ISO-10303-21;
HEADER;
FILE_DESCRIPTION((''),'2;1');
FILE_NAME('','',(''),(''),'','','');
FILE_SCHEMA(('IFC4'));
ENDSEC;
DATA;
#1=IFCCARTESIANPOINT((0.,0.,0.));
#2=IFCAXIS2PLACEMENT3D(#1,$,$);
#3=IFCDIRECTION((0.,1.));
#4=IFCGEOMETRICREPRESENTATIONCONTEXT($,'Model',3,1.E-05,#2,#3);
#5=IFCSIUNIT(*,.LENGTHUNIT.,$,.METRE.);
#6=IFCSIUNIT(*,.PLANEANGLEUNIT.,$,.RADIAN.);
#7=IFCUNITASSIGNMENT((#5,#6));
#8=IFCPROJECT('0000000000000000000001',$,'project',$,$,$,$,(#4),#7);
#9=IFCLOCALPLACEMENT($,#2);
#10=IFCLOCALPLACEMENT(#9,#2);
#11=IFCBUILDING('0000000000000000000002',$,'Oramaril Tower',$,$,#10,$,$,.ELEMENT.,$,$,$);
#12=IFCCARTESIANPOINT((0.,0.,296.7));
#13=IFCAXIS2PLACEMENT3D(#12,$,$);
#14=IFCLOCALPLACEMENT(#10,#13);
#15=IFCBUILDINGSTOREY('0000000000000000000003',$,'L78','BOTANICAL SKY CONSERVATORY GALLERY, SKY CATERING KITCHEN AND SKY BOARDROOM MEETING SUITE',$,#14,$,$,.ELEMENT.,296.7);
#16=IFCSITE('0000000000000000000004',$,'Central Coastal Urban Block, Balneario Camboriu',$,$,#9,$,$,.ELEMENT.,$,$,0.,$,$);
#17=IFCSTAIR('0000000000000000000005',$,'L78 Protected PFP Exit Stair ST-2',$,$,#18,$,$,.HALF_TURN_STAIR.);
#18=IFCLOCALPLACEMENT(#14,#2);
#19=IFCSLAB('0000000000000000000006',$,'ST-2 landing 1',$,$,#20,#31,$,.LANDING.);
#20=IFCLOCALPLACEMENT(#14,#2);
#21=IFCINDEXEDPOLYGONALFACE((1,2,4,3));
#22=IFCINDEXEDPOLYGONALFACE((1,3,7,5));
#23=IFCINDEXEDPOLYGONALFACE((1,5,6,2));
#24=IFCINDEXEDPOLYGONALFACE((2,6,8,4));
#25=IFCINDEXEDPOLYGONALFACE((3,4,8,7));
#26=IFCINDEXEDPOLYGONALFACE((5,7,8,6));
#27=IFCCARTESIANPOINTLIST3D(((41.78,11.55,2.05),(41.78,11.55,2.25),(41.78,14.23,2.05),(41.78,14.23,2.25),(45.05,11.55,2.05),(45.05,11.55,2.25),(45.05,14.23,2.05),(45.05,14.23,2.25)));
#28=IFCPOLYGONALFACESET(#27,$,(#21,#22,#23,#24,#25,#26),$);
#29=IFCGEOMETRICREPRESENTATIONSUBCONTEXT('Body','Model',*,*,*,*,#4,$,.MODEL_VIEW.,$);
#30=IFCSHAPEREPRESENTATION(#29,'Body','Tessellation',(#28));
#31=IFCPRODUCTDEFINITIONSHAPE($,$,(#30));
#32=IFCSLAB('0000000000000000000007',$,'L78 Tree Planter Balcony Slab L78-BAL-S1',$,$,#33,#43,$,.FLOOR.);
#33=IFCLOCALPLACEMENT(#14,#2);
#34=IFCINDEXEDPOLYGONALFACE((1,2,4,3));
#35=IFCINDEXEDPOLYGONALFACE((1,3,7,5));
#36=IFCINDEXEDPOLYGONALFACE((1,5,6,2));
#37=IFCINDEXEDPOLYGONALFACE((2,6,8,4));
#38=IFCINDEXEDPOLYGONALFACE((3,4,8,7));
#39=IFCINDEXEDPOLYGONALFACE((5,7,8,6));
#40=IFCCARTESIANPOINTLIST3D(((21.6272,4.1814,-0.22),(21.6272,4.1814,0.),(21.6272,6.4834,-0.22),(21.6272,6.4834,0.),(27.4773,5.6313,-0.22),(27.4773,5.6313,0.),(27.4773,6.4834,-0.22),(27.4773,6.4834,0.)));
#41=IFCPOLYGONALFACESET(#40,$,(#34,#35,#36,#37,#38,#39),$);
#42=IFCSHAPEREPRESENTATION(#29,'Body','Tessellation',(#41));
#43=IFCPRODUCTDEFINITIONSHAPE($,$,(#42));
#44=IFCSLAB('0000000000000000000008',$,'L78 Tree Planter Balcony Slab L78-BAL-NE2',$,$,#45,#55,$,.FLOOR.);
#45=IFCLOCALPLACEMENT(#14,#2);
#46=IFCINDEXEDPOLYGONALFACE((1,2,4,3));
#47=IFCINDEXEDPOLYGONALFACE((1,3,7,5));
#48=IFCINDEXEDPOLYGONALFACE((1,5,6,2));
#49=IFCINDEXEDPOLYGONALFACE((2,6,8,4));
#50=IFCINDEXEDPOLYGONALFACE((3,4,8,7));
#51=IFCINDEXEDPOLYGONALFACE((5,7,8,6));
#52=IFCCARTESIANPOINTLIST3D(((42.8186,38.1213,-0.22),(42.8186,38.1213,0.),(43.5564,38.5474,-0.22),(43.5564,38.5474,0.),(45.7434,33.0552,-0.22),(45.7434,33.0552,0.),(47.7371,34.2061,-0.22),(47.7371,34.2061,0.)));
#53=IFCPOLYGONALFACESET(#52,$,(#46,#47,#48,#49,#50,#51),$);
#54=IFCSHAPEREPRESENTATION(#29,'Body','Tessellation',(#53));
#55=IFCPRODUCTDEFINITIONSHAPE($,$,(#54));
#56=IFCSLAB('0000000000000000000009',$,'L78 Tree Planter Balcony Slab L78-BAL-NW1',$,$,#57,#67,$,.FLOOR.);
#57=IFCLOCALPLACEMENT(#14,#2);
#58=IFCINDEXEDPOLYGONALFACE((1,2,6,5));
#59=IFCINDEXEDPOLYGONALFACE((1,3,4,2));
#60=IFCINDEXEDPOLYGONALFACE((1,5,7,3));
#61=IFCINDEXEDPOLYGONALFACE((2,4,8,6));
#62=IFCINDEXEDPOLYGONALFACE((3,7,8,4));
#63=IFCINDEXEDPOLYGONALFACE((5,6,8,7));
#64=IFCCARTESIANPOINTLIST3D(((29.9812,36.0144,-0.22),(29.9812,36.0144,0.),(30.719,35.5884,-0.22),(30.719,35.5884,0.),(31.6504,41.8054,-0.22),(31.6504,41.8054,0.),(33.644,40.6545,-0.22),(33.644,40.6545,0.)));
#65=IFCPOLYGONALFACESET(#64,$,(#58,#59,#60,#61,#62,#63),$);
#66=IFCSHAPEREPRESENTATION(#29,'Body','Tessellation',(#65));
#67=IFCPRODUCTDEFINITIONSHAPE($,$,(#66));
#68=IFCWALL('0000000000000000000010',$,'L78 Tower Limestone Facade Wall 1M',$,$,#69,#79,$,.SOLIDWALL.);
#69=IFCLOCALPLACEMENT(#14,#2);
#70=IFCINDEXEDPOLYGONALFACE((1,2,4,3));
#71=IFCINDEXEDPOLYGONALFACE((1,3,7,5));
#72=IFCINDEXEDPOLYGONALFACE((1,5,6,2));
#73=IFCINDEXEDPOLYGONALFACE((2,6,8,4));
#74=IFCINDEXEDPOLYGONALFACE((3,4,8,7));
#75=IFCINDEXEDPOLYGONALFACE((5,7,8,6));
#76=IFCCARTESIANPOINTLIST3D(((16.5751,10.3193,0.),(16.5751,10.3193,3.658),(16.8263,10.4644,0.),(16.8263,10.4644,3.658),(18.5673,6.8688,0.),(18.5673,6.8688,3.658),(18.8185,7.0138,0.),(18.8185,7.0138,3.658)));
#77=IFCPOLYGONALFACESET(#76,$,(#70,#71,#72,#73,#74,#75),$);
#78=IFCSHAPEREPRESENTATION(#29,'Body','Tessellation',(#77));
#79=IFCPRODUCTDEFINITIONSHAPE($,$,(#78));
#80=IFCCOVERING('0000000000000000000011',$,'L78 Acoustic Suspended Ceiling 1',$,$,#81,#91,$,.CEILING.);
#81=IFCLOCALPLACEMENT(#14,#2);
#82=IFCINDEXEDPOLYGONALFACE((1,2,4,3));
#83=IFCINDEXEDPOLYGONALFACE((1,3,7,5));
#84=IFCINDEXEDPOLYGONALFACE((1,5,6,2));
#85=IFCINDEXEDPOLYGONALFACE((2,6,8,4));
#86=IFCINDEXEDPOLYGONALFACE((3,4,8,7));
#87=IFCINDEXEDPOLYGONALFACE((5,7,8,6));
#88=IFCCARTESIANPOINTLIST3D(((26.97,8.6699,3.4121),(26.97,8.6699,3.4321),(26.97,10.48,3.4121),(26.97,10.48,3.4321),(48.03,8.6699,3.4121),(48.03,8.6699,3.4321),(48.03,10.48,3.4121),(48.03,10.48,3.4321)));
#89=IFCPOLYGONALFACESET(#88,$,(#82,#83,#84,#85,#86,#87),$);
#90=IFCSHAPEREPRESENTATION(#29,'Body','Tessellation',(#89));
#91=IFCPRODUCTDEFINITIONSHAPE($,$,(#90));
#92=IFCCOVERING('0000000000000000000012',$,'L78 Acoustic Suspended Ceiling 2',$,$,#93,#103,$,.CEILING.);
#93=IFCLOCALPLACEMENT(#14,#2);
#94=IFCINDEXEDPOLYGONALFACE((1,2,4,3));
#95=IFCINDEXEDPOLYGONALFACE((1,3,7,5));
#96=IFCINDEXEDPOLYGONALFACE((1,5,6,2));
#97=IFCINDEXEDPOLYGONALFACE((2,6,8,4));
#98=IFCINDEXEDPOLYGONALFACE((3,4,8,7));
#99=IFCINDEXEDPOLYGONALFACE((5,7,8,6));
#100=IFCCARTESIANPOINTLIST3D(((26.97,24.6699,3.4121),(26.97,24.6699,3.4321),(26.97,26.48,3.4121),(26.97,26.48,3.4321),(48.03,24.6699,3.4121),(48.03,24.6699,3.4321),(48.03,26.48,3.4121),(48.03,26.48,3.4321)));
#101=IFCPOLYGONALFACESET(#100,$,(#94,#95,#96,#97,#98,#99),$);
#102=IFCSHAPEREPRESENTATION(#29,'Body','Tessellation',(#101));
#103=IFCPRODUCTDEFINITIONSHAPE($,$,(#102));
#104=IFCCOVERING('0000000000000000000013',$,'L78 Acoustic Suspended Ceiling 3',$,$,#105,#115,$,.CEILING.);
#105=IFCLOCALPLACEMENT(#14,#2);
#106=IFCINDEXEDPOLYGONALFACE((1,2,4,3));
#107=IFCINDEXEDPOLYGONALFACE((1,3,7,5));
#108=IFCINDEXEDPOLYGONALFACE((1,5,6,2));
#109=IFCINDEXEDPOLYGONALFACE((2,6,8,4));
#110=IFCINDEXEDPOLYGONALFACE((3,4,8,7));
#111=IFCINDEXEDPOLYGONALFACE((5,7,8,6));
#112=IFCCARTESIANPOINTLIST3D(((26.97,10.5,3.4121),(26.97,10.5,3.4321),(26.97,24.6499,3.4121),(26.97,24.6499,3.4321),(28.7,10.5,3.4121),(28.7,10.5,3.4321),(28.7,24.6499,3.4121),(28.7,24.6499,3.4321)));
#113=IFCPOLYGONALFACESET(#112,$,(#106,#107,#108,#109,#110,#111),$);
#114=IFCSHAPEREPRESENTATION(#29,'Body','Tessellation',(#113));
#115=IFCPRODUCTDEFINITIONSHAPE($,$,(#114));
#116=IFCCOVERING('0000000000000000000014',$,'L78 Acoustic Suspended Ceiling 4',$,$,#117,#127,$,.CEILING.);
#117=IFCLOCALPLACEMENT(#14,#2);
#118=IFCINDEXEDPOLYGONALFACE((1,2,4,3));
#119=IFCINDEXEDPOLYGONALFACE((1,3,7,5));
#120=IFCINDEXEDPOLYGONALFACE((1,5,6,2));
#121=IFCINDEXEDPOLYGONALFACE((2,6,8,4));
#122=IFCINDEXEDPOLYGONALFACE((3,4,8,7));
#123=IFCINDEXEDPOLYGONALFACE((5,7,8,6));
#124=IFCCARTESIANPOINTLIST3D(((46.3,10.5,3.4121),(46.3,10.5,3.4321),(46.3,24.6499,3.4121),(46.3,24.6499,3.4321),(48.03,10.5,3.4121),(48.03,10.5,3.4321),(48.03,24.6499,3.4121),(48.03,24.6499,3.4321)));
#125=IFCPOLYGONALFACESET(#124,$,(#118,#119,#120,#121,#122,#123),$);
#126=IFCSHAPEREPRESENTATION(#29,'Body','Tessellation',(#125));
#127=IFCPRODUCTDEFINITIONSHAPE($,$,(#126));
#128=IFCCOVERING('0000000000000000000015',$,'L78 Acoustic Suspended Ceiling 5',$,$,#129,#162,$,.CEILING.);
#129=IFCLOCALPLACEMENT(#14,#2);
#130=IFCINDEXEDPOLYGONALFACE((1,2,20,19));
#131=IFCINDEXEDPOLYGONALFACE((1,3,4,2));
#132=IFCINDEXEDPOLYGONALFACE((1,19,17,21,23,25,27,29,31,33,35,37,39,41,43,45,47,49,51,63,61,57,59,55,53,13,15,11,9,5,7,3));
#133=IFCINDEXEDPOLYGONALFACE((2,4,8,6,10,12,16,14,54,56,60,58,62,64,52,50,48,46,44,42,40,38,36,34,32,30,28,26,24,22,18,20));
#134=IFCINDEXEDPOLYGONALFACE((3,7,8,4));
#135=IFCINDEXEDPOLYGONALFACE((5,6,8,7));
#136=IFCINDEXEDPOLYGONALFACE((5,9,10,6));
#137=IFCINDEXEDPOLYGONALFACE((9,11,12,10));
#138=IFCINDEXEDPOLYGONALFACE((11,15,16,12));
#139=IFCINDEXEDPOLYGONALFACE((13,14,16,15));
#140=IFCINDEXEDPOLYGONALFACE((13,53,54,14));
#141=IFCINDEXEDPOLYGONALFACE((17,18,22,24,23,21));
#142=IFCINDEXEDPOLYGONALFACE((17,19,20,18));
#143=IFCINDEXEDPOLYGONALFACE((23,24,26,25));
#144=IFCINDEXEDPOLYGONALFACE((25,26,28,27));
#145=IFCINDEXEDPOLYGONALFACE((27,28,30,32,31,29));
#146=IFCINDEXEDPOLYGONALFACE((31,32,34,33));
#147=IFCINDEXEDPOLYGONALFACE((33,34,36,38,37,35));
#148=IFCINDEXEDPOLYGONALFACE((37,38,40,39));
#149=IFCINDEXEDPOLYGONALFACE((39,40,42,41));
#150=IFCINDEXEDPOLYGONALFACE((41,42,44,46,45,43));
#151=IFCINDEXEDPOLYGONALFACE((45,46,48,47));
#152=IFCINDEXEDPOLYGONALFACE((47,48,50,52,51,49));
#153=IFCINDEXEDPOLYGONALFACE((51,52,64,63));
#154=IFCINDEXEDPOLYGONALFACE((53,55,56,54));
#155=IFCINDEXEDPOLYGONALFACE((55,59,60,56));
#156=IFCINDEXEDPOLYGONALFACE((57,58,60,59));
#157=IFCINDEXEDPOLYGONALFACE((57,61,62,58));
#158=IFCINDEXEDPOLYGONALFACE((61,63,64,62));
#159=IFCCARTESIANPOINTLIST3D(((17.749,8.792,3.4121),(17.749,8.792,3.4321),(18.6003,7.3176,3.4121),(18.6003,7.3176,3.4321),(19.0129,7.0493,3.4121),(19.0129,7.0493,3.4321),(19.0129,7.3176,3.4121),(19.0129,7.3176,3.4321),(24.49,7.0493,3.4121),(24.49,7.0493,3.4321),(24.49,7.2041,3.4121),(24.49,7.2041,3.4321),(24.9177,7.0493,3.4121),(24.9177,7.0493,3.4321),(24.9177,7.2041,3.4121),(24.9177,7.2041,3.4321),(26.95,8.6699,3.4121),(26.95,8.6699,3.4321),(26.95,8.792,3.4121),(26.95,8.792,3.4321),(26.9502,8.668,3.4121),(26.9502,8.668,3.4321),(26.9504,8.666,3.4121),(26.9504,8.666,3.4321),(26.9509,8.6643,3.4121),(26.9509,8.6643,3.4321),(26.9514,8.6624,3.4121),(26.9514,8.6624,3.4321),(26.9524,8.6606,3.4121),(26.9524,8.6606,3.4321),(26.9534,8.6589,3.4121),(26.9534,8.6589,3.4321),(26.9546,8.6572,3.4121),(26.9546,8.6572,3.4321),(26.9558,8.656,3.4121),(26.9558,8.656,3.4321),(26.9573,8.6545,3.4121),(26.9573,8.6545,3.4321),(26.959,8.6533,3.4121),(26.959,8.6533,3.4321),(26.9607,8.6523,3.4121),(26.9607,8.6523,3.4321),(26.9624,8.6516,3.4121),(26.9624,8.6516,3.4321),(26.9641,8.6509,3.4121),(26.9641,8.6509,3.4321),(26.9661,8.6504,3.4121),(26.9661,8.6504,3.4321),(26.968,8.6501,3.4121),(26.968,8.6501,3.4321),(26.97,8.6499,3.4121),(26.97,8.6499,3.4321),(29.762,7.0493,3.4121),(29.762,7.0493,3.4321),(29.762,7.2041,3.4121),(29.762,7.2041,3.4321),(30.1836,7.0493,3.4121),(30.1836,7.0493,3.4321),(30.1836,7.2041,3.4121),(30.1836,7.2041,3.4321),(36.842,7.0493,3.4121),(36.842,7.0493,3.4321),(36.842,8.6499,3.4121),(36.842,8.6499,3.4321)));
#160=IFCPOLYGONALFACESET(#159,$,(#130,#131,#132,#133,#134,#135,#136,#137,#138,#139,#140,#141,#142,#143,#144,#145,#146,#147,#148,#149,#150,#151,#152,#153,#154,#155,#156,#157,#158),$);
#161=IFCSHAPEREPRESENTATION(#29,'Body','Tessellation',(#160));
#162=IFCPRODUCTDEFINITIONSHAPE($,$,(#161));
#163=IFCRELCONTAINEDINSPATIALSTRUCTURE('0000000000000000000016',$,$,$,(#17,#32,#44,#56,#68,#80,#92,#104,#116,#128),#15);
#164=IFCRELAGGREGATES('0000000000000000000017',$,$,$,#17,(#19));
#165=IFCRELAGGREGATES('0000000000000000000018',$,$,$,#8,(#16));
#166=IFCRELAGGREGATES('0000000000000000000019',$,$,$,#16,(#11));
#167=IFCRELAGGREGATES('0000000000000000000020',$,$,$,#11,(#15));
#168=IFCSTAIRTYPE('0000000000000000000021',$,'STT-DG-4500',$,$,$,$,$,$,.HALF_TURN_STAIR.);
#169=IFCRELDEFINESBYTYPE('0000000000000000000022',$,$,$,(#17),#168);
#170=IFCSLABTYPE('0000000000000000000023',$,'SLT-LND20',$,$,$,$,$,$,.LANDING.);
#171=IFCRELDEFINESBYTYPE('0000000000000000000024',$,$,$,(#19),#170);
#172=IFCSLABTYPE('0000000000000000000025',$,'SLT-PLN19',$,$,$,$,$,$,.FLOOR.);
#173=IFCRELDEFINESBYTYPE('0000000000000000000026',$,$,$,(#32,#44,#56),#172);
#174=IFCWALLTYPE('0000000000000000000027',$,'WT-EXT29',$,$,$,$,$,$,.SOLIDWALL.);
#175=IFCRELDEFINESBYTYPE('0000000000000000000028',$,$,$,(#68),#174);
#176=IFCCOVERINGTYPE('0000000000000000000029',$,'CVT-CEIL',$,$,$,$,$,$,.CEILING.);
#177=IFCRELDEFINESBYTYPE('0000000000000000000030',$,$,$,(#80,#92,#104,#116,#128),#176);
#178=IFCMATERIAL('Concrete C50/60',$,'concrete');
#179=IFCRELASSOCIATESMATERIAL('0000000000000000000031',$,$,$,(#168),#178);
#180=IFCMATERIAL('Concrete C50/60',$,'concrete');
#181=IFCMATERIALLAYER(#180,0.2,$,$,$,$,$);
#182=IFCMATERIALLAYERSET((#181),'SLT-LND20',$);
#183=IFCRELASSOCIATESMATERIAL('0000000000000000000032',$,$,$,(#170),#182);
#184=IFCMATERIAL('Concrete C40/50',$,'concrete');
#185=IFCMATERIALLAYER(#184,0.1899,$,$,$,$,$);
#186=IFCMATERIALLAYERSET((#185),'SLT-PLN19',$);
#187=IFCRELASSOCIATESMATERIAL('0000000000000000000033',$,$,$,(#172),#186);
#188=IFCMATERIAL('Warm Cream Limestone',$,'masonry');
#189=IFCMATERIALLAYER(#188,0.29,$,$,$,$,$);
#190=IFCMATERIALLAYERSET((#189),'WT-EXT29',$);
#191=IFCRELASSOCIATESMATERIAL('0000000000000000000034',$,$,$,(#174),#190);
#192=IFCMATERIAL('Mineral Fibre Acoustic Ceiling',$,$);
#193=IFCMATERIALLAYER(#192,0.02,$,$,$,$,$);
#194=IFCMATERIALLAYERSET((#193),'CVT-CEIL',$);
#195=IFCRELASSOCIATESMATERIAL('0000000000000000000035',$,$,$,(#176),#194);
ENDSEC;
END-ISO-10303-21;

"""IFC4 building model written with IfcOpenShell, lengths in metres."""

from ifc_helpers import new_model, si_unit, direction, frame, frame_2d, origin, place, context, subcontext, project, spatial, polyline, rectangle, outline, extrude, material, layer, layer_set, type_object, element, aggregate, save


model = new_model("IFC4")

# Units and contexts
model_context = context("Model", 3, precision=1e-05, world=origin(), true_north=direction((0.0, 1.0)))
body_context = subcontext(model_context, "Body", "Model", "MODEL_VIEW")
ifc_project = project(units=[si_unit("LENGTHUNIT", "METRE"), si_unit("PLANEANGLEUNIT", "RADIAN")], contexts=[model_context])

# Site, building, storey
site_placement = place(None, origin())
site = spatial("IfcSite", under=ifc_project, at=site_placement, Name="Central Coastal Urban Block, Balneario Camboriu", CompositionType="ELEMENT", RefElevation=0.0)
building_placement = place(site_placement, origin())
building = spatial("IfcBuilding", under=site, at=building_placement, Name="Oramaril Tower", CompositionType="ELEMENT")
storey_placement = place(building_placement, frame((0.0, 0.0, 296.7)))
storey = spatial("IfcBuildingStorey", under=building, at=storey_placement, Name="L78", Description="BOTANICAL SKY CONSERVATORY GALLERY, SKY CATERING KITCHEN AND SKY BOARDROOM MEETING SUITE", CompositionType="ELEMENT", Elevation=296.7)

# Stair, slab
ifc_material_1 = material(Name="Concrete C50/60", Category="concrete")
stair_type = type_object("IfcStairType", Name="STT-DG-4500", PredefinedType="HALF_TURN_STAIR", material=ifc_material_1)
ifc_material_2 = material(Name="Concrete C50/60", Category="concrete")
ifc_layer_1 = layer(ifc_material_2, 0.2)
ifc_layer_set_1 = layer_set([ifc_layer_1], Name="SLT-LND20")
slab_type_1 = type_object("IfcSlabType", Name="SLT-LND20", PredefinedType="LANDING", material=ifc_layer_set_1)
stair_1_placement = place(storey_placement, origin())
stair_1 = element("IfcStair", 1, at=stair_1_placement, inside=storey, type_object=stair_type, Name="L78 Protected PFP Exit Stair ST-2", PredefinedType="HALF_TURN_STAIR")
slab_1_placement = place(storey_placement, frame((0.0, 0.0, 2.05)))
slab_1 = element("IfcSlab", 2, at=slab_1_placement, type_object=slab_type_1, Name="ST-2 landing 1", PredefinedType="LANDING", context=body_context, shape_type="SweptSolid", body=[
    extrude(outline(polyline([(41.78, 14.23), (41.78, 11.55), (45.05, 11.55), (45.05, 14.23), (41.78, 14.23)])), origin(), (0.0, 0.0, 1.0), 0.2),
])
aggregate(stair_1, [slab_1])

# Slabs
ifc_material_3 = material(Name="Concrete C40/50", Category="concrete")
ifc_layer_2 = layer(ifc_material_3, 0.1899)
ifc_layer_set_2 = layer_set([ifc_layer_2], Name="SLT-PLN19")
slab_type_2 = type_object("IfcSlabType", Name="SLT-PLN19", PredefinedType="FLOOR", material=ifc_layer_set_2)
slab_2_placement = place(storey_placement, frame((0.0, 0.0, -0.22)))
element("IfcSlab", 3, at=slab_2_placement, inside=storey, type_object=slab_type_2, Name="L78 Tree Planter Balcony Slab L78-BAL-S1", PredefinedType="FLOOR", context=body_context, shape_type="SweptSolid", body=[
    extrude(outline(polyline([(21.6272, 6.4834), (27.4773, 6.4834), (27.4773, 5.6313), (21.6272, 4.1814), (21.6272, 6.4834)])), origin(), (0.0, 0.0, 1.0), 0.22),
])
slab_3_placement = place(storey_placement, frame((0.0, 0.0, -0.22)))
element("IfcSlab", 4, at=slab_3_placement, inside=storey, type_object=slab_type_2, Name="L78 Tree Planter Balcony Slab L78-BAL-NE2", PredefinedType="FLOOR", context=body_context, shape_type="SweptSolid", body=[
    extrude(outline(polyline([(45.7434, 33.0552), (42.8186, 38.1213), (43.5564, 38.5474), (47.7371, 34.2061), (45.7434, 33.0552)])), origin(), (0.0, 0.0, 1.0), 0.22),
])
slab_4_placement = place(storey_placement, frame((0.0, 0.0, -0.22)))
element("IfcSlab", 5, at=slab_4_placement, inside=storey, type_object=slab_type_2, Name="L78 Tree Planter Balcony Slab L78-BAL-NW1", PredefinedType="FLOOR", context=body_context, shape_type="SweptSolid", body=[
    extrude(outline(polyline([(33.644, 40.6545), (30.719, 35.5884), (29.9812, 36.0144), (31.6504, 41.8054), (33.644, 40.6545)])), origin(), (0.0, 0.0, 1.0), 0.22),
])

# Wall
ifc_material_4 = material(Name="Warm Cream Limestone", Category="masonry")
ifc_layer_3 = layer(ifc_material_4, 0.29)
ifc_layer_set_3 = layer_set([ifc_layer_3], Name="WT-EXT29")
wall_type = type_object("IfcWallType", Name="WT-EXT29", PredefinedType="SOLIDWALL", material=ifc_layer_set_3)
wall_placement = place(storey_placement, frame((16.7007, 10.3918, 0.0), z_axis=(0.0, 0.0, 1.0), x_axis=(0.500014, -0.866017, 0.0)))
element("IfcWall", 6, at=wall_placement, inside=storey, type_object=wall_type, Name="L78 Tower Limestone Facade Wall 1M", PredefinedType="SOLIDWALL", context=body_context, shape_type="SweptSolid", body=[
    extrude(rectangle(XDim=3.9844, YDim=0.29, at=frame_2d((1.9922, 0.0))), origin(), (0.0, 0.0, 1.0), 3.658),
])

# Coverings
ifc_material_5 = material(Name="Mineral Fibre Acoustic Ceiling")
ifc_layer_4 = layer(ifc_material_5, 0.02)
ifc_layer_set_4 = layer_set([ifc_layer_4], Name="CVT-CEIL")
covering_type_1 = type_object("IfcCoveringType", Name="CVT-CEIL", PredefinedType="CEILING", material=ifc_layer_set_4)
covering_1_placement = place(storey_placement, frame((0.0, 0.0, 3.4121)))
element("IfcCovering", 7, at=covering_1_placement, inside=storey, type_object=covering_type_1, Name="L78 Acoustic Suspended Ceiling 1", PredefinedType="CEILING", context=body_context, shape_type="SweptSolid", body=[
    extrude(outline(polyline([(48.03, 10.48), (48.03, 8.6699), (26.97, 8.6699), (26.97, 10.48), (48.03, 10.48)])), origin(), (0.0, 0.0, 1.0), 0.02),
])
covering_2_placement = place(storey_placement, frame((0.0, 0.0, 3.4121)))
element("IfcCovering", 8, at=covering_2_placement, inside=storey, type_object=covering_type_1, Name="L78 Acoustic Suspended Ceiling 2", PredefinedType="CEILING", context=body_context, shape_type="SweptSolid", body=[
    extrude(outline(polyline([(48.03, 26.48), (48.03, 24.6699), (26.97, 24.6699), (26.97, 26.48), (48.03, 26.48)])), origin(), (0.0, 0.0, 1.0), 0.02),
])
covering_3_placement = place(storey_placement, frame((0.0, 0.0, 3.4121)))
element("IfcCovering", 9, at=covering_3_placement, inside=storey, type_object=covering_type_1, Name="L78 Acoustic Suspended Ceiling 3", PredefinedType="CEILING", context=body_context, shape_type="SweptSolid", body=[
    extrude(outline(polyline([(28.7, 10.5), (26.97, 10.5), (26.97, 24.6499), (28.7, 24.6499), (28.7, 10.5)])), origin(), (0.0, 0.0, 1.0), 0.02),
])
covering_4_placement = place(storey_placement, frame((0.0, 0.0, 3.4121)))
element("IfcCovering", 10, at=covering_4_placement, inside=storey, type_object=covering_type_1, Name="L78 Acoustic Suspended Ceiling 4", PredefinedType="CEILING", context=body_context, shape_type="SweptSolid", body=[
    extrude(outline(polyline([(48.03, 10.5), (46.3, 10.5), (46.3, 24.6499), (48.03, 24.6499), (48.03, 10.5)])), origin(), (0.0, 0.0, 1.0), 0.02),
])
covering_5_placement = place(storey_placement, frame((0.0, 0.0, 3.4121)))
element("IfcCovering", 11, at=covering_5_placement, inside=storey, type_object=covering_type_1, Name="L78 Acoustic Suspended Ceiling 5", PredefinedType="CEILING", context=body_context, shape_type="SweptSolid", body=[
    extrude(outline(polyline([(36.842, 7.0493), (30.1836, 7.0493), (30.1836, 7.2041), (29.762, 7.2041), (29.762, 7.0493), (24.9177, 7.0493), (24.9177, 7.2041), (24.49, 7.2041), (24.49, 7.0493), (19.0129, 7.0493), (19.0129, 7.3176), (18.6003, 7.3176), (17.749, 8.792), (26.95, 8.792), (26.95, 8.6699), (26.9502, 8.668), (26.9504, 8.666), (26.9509, 8.6643), (26.9514, 8.6624), (26.9524, 8.6606), (26.9534, 8.6589), (26.9546, 8.6572), (26.9558, 8.656), (26.9573, 8.6545), (26.959, 8.6533), (26.9607, 8.6523), (26.9624, 8.6516), (26.9641, 8.6509), (26.9661, 8.6504), (26.968, 8.6501), (26.97, 8.6499), (36.842, 8.6499), (36.842, 7.0493)])), origin(), (0.0, 0.0, 1.0), 0.02),
])

save(model, "model.ifc")
